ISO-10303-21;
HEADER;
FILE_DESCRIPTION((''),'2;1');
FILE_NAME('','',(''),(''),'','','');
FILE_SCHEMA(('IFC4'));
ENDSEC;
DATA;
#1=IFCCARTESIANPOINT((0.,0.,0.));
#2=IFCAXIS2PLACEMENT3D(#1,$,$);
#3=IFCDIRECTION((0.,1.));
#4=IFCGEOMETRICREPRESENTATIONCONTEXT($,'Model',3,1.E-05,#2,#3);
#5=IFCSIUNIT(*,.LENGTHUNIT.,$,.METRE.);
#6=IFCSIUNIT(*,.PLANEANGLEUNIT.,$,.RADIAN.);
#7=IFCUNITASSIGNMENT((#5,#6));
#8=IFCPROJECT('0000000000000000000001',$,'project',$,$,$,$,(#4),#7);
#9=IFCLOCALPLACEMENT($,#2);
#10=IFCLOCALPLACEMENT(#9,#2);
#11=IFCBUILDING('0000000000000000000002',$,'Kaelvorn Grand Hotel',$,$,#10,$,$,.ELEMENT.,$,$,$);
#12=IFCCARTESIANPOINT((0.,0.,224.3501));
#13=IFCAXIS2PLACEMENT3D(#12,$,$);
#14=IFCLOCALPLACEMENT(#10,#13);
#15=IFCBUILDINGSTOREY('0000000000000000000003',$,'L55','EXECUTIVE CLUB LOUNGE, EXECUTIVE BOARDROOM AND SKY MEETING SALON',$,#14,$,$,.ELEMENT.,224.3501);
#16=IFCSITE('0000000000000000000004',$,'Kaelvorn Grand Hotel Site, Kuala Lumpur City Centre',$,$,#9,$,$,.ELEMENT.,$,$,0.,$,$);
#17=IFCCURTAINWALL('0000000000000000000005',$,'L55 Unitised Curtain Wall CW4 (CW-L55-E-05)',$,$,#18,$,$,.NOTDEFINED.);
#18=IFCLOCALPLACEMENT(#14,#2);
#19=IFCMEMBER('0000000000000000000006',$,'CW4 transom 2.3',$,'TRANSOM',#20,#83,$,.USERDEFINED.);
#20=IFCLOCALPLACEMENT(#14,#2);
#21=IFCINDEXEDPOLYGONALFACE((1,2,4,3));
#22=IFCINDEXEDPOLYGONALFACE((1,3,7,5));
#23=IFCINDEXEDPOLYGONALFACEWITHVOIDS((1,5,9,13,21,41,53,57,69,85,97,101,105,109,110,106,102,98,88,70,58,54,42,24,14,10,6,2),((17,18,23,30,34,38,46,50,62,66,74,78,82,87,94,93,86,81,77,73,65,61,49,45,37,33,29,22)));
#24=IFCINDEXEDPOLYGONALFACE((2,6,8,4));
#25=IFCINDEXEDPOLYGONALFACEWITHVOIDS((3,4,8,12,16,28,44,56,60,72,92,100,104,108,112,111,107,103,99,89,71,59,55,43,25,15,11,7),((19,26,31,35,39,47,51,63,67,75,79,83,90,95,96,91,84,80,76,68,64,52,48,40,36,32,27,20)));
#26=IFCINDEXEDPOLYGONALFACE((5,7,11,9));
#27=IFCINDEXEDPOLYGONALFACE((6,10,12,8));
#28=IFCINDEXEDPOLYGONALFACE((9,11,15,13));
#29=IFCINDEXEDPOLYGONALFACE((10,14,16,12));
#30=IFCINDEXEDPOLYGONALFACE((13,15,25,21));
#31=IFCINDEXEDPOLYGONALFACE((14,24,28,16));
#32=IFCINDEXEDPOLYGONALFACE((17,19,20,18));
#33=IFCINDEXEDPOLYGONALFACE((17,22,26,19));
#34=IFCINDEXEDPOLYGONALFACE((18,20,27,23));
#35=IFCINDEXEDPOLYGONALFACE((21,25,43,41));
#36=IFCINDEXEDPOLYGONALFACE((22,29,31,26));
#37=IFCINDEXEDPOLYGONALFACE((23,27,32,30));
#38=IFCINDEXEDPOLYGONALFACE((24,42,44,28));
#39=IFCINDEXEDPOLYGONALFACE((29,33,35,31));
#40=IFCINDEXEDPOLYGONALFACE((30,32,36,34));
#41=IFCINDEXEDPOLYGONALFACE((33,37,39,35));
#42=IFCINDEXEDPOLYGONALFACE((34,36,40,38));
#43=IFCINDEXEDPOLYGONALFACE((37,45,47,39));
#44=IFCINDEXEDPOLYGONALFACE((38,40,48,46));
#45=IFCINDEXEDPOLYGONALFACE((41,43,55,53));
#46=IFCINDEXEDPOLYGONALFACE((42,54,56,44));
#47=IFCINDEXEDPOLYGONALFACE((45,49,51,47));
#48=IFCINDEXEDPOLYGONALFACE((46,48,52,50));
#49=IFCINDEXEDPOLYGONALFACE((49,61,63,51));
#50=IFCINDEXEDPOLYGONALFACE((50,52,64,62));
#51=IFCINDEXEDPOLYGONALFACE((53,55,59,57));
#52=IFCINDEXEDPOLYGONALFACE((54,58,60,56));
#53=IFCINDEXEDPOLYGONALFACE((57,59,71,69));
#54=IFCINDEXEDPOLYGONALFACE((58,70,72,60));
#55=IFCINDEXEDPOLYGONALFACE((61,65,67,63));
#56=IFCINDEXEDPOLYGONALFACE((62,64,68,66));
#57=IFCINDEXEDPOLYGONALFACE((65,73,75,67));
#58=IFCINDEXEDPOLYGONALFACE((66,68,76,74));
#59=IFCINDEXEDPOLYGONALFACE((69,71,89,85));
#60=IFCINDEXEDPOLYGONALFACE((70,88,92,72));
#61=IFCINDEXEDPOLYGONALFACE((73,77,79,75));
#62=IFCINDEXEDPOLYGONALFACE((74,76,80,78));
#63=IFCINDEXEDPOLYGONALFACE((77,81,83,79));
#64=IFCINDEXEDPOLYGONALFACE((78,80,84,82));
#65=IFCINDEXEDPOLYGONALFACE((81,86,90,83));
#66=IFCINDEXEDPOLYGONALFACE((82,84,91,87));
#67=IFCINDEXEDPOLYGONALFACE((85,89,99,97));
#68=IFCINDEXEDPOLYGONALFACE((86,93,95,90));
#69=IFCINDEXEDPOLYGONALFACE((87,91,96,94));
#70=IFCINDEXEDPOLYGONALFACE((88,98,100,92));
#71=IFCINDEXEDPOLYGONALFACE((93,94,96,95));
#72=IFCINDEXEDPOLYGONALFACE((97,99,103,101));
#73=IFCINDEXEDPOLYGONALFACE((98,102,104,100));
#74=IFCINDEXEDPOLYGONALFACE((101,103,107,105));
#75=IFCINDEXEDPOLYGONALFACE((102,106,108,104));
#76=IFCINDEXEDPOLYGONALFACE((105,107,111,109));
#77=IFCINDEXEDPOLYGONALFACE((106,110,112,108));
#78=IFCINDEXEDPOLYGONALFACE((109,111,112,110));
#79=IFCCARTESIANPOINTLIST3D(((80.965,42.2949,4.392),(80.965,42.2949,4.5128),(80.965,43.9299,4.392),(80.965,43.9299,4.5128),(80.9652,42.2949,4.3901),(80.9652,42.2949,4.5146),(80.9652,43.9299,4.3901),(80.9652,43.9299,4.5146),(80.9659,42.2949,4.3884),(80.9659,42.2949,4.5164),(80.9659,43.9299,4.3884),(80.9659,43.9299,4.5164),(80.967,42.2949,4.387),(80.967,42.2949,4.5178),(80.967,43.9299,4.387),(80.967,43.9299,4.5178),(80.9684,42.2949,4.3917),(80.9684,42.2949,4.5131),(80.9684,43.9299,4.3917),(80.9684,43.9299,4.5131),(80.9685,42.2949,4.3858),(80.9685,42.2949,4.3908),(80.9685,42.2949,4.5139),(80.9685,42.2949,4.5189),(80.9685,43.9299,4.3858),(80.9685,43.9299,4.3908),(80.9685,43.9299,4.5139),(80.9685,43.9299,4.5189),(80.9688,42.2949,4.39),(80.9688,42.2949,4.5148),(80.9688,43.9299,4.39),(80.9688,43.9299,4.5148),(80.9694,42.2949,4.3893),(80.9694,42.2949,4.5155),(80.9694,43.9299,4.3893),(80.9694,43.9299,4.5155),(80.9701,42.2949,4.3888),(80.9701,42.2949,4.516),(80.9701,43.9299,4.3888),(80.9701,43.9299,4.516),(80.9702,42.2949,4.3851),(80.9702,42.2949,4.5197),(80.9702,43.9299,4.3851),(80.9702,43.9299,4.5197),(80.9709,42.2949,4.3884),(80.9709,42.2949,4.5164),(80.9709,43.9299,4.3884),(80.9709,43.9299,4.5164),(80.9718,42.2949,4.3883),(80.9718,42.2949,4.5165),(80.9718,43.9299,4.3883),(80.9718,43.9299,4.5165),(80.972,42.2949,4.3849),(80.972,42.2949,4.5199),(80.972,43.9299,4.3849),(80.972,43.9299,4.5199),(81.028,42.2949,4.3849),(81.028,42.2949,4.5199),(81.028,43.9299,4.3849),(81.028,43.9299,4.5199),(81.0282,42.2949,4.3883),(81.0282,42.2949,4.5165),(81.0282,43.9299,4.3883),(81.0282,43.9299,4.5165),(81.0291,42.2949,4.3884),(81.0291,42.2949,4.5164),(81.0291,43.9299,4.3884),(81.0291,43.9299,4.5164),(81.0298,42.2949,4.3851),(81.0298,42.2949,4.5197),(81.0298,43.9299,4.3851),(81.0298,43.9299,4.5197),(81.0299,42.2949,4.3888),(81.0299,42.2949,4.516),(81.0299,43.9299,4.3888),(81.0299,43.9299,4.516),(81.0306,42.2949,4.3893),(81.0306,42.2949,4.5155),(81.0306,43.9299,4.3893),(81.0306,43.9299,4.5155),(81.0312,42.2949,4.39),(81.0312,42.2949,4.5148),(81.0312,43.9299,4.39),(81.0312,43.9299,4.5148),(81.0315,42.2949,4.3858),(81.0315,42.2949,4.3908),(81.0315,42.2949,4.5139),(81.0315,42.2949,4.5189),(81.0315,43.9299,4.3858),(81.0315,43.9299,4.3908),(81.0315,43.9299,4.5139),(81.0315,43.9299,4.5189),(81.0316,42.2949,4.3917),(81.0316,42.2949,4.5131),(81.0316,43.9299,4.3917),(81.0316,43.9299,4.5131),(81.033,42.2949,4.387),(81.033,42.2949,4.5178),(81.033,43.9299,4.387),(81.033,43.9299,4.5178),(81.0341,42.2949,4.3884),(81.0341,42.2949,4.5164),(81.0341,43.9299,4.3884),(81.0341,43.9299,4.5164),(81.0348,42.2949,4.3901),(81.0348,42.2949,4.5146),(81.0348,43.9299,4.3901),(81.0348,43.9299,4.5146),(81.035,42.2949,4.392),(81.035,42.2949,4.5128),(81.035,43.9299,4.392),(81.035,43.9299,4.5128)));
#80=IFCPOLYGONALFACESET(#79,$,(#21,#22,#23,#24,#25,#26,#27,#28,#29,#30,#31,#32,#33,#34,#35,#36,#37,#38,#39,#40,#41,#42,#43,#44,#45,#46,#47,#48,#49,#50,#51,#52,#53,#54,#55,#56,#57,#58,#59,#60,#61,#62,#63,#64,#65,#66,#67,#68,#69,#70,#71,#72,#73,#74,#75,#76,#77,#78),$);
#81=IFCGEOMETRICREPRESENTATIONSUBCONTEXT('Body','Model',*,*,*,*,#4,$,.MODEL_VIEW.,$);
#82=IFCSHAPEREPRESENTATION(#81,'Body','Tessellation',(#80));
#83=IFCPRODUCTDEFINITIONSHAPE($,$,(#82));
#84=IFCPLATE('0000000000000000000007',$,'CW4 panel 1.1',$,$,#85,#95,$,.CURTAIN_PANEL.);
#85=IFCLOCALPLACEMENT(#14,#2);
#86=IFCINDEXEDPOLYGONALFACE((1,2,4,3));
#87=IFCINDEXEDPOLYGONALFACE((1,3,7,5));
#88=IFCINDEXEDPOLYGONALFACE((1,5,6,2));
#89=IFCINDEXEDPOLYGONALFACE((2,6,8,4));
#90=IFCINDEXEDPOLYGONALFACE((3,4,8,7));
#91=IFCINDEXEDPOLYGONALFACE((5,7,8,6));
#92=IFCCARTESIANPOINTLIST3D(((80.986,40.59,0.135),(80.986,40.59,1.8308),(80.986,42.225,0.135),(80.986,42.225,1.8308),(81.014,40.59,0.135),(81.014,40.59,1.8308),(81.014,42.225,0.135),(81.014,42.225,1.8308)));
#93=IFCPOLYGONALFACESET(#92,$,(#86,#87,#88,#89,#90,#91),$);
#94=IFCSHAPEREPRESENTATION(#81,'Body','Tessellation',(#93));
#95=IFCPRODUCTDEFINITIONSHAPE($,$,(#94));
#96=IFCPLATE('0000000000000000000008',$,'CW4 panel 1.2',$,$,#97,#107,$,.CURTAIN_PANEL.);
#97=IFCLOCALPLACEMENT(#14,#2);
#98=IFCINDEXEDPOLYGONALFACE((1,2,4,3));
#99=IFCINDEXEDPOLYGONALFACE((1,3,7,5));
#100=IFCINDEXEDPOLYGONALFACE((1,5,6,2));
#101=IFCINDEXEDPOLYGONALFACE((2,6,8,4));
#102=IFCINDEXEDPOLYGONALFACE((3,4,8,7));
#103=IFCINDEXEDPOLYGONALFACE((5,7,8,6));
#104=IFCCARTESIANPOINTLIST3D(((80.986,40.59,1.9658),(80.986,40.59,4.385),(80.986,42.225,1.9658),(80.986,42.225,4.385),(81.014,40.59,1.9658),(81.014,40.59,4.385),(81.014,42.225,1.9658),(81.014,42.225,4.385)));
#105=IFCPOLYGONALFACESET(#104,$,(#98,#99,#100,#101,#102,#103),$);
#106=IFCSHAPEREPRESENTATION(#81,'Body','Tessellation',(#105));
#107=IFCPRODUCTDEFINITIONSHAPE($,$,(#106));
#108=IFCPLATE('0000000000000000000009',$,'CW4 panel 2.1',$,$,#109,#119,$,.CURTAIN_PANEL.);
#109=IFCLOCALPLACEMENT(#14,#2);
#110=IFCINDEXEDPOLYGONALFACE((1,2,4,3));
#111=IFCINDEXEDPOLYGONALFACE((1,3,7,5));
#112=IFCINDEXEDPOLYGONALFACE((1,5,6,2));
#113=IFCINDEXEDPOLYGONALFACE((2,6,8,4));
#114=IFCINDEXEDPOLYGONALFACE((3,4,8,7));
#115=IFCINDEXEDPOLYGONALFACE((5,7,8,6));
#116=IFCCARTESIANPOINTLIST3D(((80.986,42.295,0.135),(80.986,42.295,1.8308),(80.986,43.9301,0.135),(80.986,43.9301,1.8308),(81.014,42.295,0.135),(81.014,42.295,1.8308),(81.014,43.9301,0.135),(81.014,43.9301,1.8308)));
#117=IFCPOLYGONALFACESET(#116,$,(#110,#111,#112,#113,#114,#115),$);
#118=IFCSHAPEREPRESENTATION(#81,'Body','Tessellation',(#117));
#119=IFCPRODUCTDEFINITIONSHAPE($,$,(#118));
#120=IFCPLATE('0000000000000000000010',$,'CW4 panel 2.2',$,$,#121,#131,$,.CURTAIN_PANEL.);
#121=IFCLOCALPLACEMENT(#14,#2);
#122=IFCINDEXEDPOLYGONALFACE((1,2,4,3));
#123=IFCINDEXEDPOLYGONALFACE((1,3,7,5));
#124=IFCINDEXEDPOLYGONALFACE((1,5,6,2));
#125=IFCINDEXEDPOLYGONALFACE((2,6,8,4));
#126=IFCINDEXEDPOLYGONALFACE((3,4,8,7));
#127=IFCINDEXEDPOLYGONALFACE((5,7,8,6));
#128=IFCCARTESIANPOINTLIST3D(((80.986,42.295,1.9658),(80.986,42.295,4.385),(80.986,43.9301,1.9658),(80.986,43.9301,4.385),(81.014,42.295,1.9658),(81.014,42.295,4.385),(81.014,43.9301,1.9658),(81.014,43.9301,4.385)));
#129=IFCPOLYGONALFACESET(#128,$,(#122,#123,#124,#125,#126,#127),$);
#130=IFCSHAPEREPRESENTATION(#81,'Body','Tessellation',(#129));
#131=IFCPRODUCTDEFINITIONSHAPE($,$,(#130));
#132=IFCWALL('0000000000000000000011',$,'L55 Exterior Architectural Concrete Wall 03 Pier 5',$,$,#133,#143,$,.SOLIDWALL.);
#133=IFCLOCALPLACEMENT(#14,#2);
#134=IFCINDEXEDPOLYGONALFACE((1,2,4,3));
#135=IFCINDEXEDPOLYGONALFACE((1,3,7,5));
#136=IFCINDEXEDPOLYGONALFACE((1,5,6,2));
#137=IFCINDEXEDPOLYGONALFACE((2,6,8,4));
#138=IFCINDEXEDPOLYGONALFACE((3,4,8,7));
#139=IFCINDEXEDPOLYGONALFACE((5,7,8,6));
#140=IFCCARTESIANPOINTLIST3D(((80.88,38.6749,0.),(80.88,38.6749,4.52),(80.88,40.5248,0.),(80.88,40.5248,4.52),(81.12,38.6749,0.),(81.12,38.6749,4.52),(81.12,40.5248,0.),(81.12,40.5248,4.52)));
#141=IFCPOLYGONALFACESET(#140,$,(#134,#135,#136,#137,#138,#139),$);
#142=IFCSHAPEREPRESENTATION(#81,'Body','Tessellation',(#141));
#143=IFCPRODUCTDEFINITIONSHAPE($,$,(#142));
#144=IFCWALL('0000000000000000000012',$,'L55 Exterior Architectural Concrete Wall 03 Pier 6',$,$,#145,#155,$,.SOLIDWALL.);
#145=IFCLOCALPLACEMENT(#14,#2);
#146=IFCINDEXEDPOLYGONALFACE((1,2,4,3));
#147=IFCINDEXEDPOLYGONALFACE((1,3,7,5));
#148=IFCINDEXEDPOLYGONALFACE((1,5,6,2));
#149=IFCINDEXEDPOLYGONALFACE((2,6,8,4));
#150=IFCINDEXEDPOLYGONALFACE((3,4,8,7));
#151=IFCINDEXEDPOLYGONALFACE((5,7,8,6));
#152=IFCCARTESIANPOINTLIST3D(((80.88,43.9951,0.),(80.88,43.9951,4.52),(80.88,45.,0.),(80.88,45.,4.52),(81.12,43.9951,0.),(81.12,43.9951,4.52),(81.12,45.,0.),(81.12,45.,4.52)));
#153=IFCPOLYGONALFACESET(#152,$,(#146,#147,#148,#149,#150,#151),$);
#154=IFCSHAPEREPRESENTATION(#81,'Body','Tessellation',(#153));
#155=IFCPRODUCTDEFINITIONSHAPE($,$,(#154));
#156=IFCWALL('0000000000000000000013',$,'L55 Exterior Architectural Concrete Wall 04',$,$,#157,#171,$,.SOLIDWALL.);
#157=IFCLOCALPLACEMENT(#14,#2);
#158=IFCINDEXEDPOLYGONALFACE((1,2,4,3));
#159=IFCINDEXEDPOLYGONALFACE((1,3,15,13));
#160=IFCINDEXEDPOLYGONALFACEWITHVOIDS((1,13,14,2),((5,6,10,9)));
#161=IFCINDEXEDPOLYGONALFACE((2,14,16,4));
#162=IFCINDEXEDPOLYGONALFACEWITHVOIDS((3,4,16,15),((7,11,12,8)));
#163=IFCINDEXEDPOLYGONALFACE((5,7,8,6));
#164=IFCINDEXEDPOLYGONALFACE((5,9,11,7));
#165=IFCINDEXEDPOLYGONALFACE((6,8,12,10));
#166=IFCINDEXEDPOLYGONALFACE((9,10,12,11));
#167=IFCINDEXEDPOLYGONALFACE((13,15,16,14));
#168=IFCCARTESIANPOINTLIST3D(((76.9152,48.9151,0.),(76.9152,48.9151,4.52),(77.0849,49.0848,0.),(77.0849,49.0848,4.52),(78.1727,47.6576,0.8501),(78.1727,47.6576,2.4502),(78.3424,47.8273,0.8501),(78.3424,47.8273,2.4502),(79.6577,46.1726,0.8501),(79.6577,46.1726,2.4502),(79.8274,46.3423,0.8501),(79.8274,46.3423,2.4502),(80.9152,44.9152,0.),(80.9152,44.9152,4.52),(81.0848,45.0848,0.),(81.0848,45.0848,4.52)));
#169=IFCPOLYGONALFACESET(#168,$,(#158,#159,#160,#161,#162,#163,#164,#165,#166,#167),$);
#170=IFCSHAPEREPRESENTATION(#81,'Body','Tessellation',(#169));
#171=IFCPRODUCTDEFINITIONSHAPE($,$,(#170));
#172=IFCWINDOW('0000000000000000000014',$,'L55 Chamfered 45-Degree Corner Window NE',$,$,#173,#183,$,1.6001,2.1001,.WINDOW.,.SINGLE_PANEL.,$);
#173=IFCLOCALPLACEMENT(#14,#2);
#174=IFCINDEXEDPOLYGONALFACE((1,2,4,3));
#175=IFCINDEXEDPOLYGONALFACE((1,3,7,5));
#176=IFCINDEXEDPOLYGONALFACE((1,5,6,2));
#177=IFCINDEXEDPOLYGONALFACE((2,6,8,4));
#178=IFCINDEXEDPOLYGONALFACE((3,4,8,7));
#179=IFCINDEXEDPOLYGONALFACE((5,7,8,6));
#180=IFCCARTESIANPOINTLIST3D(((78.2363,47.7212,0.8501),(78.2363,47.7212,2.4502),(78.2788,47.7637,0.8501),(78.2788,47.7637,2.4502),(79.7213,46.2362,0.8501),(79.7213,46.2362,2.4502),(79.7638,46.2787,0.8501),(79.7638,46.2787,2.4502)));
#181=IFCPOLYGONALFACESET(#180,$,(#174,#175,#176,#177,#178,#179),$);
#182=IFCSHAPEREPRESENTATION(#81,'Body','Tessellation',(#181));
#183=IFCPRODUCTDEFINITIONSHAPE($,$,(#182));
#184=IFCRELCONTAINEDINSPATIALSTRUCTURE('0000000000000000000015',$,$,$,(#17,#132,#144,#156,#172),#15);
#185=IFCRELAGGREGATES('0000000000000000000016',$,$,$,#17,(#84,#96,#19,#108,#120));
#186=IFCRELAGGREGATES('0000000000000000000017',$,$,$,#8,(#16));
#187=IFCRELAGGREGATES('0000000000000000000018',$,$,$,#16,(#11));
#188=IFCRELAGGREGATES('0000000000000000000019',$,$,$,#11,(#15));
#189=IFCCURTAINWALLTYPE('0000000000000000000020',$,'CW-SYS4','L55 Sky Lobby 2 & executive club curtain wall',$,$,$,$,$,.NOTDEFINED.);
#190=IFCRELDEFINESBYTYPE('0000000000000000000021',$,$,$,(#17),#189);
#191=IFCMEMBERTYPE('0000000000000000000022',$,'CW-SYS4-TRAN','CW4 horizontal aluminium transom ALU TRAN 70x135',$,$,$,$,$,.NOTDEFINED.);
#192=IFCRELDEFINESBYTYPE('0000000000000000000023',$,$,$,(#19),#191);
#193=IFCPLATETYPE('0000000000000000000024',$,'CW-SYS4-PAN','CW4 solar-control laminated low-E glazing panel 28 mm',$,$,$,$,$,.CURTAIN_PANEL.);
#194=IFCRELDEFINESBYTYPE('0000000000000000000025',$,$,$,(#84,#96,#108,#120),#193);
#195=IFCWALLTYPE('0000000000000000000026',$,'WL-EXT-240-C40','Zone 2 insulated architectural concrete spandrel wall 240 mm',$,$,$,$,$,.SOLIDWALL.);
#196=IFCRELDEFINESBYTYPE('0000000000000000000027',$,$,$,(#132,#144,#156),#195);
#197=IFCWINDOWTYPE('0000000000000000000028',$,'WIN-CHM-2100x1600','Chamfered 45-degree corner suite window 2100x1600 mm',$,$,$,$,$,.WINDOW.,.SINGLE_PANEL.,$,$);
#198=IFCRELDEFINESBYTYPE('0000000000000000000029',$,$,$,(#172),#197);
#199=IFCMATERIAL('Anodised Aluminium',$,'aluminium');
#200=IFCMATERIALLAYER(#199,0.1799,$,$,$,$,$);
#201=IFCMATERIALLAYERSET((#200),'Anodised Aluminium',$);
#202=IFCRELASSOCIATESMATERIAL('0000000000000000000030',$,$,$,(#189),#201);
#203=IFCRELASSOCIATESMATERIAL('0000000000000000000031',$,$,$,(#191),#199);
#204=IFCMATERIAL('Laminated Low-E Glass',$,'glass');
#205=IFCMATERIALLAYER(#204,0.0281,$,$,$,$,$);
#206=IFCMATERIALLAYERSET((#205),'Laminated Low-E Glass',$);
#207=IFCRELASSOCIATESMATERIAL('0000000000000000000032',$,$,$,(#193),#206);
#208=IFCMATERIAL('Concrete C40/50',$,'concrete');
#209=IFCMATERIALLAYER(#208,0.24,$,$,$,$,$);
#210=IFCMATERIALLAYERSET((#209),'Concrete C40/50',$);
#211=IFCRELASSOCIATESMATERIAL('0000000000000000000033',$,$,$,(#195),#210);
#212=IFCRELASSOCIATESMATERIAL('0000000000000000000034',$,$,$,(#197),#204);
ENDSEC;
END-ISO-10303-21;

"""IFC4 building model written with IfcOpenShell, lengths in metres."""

from ifc_helpers import new_model, si_unit, direction, frame, frame_2d, origin, origin_2d, place, context, subcontext, project, spatial, rectangle, hollow_rectangle, extrude, material, layer, layer_set, material_profile, profile_set, type_object, element, fill, aggregate, save


model = new_model("IFC4")

# Units and contexts
model_context = context("Model", 3, precision=1e-05, world=origin(), true_north=direction((0.0, 1.0)))
body_context = subcontext(model_context, "Body", "Model", "MODEL_VIEW")
ifc_project = project(units=[si_unit("LENGTHUNIT", "METRE"), si_unit("PLANEANGLEUNIT", "RADIAN")], contexts=[model_context])

# Site, building, storey
site_placement = place(None, origin())
site = spatial("IfcSite", under=ifc_project, at=site_placement, Name="Kaelvorn Grand Hotel Site, Kuala Lumpur City Centre", CompositionType="ELEMENT", RefElevation=0.0)
building_placement = place(site_placement, origin())
building = spatial("IfcBuilding", under=site, at=building_placement, Name="Kaelvorn Grand Hotel", CompositionType="ELEMENT")
storey_placement = place(building_placement, frame((0.0, 0.0, 224.3501)))
storey = spatial("IfcBuildingStorey", under=building, at=storey_placement, Name="L55", Description="EXECUTIVE CLUB LOUNGE, EXECUTIVE BOARDROOM AND SKY MEETING SALON", CompositionType="ELEMENT", Elevation=224.3501)

# Shared definitions
ifc_material_1 = material(Name="Anodised Aluminium", Category="aluminium")
ifc_layer_1 = layer(ifc_material_1, 0.1799)
ifc_layer_set_1 = layer_set([ifc_layer_1], Name="Anodised Aluminium")
curtain_wall_type = type_object("IfcCurtainWallType", Name="CW-SYS4", Description="L55 Sky Lobby 2 & executive club curtain wall", PredefinedType="NOTDEFINED", material=ifc_layer_set_1)

# Curtain wall, member, plates
curtain_wall_1_placement = place(storey_placement, origin())
curtain_wall_1 = element("IfcCurtainWall", 1, at=curtain_wall_1_placement, inside=storey, type_object=curtain_wall_type, Name="L55 Unitised Curtain Wall CW4 (CW-L55-E-05)", PredefinedType="NOTDEFINED")
ifc_material_profile_1 = material_profile(ifc_material_1, hollow_rectangle(XDim=0.0701, YDim=0.135, WallThickness=0.0034, InnerFilletRadius=0.0034, OuterFilletRadius=0.0071, at=origin_2d()), Name="ALU TRAN 70x135")
ifc_profile_set_1 = profile_set([ifc_material_profile_1], Name="Anodised Aluminium")
member_type_1 = type_object("IfcMemberType", Name="CW-SYS4-TRAN", Description="CW4 horizontal aluminium transom ALU TRAN 70x135", PredefinedType="NOTDEFINED", material=ifc_profile_set_1)
member_1_placement = place(storey_placement, frame((81.0, 42.2949, 4.4524), z_axis=(0.0, 1.0, 0.0), x_axis=(-1.0, 0.0, 0.0)))
member_1 = element("IfcMember", 2, at=member_1_placement, type_object=member_type_1, Name="CW4 transom 2.3", ObjectType="TRANSOM", PredefinedType="USERDEFINED", context=body_context, shape_type="SweptSolid", body=[
    extrude(hollow_rectangle(XDim=0.0701, YDim=0.135, WallThickness=0.0034, InnerFilletRadius=0.0034, OuterFilletRadius=0.0071, at=origin_2d()), origin(), (0.0, 0.0, 1.0), 1.635),
])
ifc_material_2 = material(Name="Laminated Low-E Glass", Category="glass")
ifc_layer_2 = layer(ifc_material_2, 0.0281)
ifc_layer_set_2 = layer_set([ifc_layer_2], Name="Laminated Low-E Glass")
plate_type = type_object("IfcPlateType", Name="CW-SYS4-PAN", Description="CW4 solar-control laminated low-E glazing panel 28 mm", PredefinedType="CURTAIN_PANEL", material=ifc_layer_set_2)
plate_1_placement = place(storey_placement, frame((81.0, 41.4075, 0.135), z_axis=(0.0, 0.0, 1.0), x_axis=(0.0, 1.0, 0.0)))
plate_1 = element("IfcPlate", 3, at=plate_1_placement, type_object=plate_type, Name="CW4 panel 1.1", PredefinedType="CURTAIN_PANEL", context=body_context, shape_type="SweptSolid", body=[
    extrude(rectangle(XDim=1.635, YDim=0.0281, at=origin_2d()), origin(), (0.0, 0.0, 1.0), 1.6958),
])
plate_2_placement = place(storey_placement, frame((81.0, 41.4075, 1.9658), z_axis=(0.0, 0.0, 1.0), x_axis=(0.0, 1.0, 0.0)))
plate_2 = element("IfcPlate", 4, at=plate_2_placement, type_object=plate_type, Name="CW4 panel 1.2", PredefinedType="CURTAIN_PANEL", context=body_context, shape_type="SweptSolid", body=[
    extrude(rectangle(XDim=1.635, YDim=0.0281, at=origin_2d()), origin(), (0.0, 0.0, 1.0), 2.4192),
])
plate_3_placement = place(storey_placement, frame((81.0, 43.1125, 0.135), z_axis=(0.0, 0.0, 1.0), x_axis=(0.0, 1.0, 0.0)))
plate_3 = element("IfcPlate", 5, at=plate_3_placement, type_object=plate_type, Name="CW4 panel 2.1", PredefinedType="CURTAIN_PANEL", context=body_context, shape_type="SweptSolid", body=[
    extrude(rectangle(XDim=1.635, YDim=0.0281, at=origin_2d()), origin(), (0.0, 0.0, 1.0), 1.6958),
])
plate_4_placement = place(storey_placement, frame((81.0, 43.1125, 1.9658), z_axis=(0.0, 0.0, 1.0), x_axis=(0.0, 1.0, 0.0)))
plate_4 = element("IfcPlate", 6, at=plate_4_placement, type_object=plate_type, Name="CW4 panel 2.2", PredefinedType="CURTAIN_PANEL", context=body_context, shape_type="SweptSolid", body=[
    extrude(rectangle(XDim=1.635, YDim=0.0281, at=origin_2d()), origin(), (0.0, 0.0, 1.0), 2.4192),
])
aggregate(curtain_wall_1, [plate_1, plate_2, member_1, plate_3, plate_4])

# Walls
ifc_material_3 = material(Name="Concrete C40/50", Category="concrete")
ifc_layer_3 = layer(ifc_material_3, 0.24)
ifc_layer_set_3 = layer_set([ifc_layer_3], Name="Concrete C40/50")
wall_type = type_object("IfcWallType", Name="WL-EXT-240-C40", Description="Zone 2 insulated architectural concrete spandrel wall 240 mm", PredefinedType="SOLIDWALL", material=ifc_layer_set_3)
wall_1_placement = place(storey_placement, frame((81.0, 38.675, 0.0), z_axis=(0.0, 0.0, 1.0), x_axis=(0.0, 1.0, 0.0)))
element("IfcWall", 7, at=wall_1_placement, inside=storey, type_object=wall_type, Name="L55 Exterior Architectural Concrete Wall 03 Pier 5", PredefinedType="SOLIDWALL", context=body_context, shape_type="SweptSolid", body=[
    extrude(rectangle(XDim=1.8499, YDim=0.24, at=frame_2d((0.9248, 0.0))), origin(), (0.0, 0.0, 1.0), 4.52),
])
wall_2_placement = place(storey_placement, frame((81.0, 43.9951, 0.0), z_axis=(0.0, 0.0, 1.0), x_axis=(0.0, 1.0, 0.0)))
element("IfcWall", 8, at=wall_2_placement, inside=storey, type_object=wall_type, Name="L55 Exterior Architectural Concrete Wall 03 Pier 6", PredefinedType="SOLIDWALL", context=body_context, shape_type="SweptSolid", body=[
    extrude(rectangle(XDim=1.0049, YDim=0.24, at=frame_2d((0.5024, 0.0))), origin(), (0.0, 0.0, 1.0), 4.52),
])

# Wall, opening, window
wall_3_placement = place(storey_placement, frame((81.0, 45.0, 0.0), z_axis=(0.0, 0.0, 1.0), x_axis=(-0.707107, 0.707107, 0.0)))
wall_3 = element("IfcWall", 9, at=wall_3_placement, inside=storey, type_object=wall_type, Name="L55 Exterior Architectural Concrete Wall 04", PredefinedType="SOLIDWALL", context=body_context, shape_type="SweptSolid", body=[
    extrude(rectangle(XDim=5.6567, YDim=0.24, at=frame_2d((2.8284, 0.0))), origin(), (0.0, 0.0, 1.0), 4.52),
])
opening_1_placement = place(wall_3_placement, frame((1.7783, 0.0, 0.8501)))
opening_1 = element("IfcOpeningElement", 10, at=opening_1_placement, cuts=wall_3, PredefinedType="OPENING", context=body_context, shape_type="SweptSolid", body=[
    extrude(rectangle(XDim=2.1001, YDim=1.6001, at=frame_2d((1.05, 0.8))), frame((0.0, 0.1299, 0.0), z_axis=(0.0, -1.0, 0.0), x_axis=(1.0, 0.0, 0.0)), (0.0, 0.0, 1.0), 0.26),
])
window_type_1 = type_object("IfcWindowType", Name="WIN-CHM-2100x1600", Description="Chamfered 45-degree corner suite window 2100x1600 mm", PartitioningType="SINGLE_PANEL", PredefinedType="WINDOW", material=ifc_material_2)
window_1_placement = place(opening_1_placement, origin())
window_1 = element("IfcWindow", 11, at=window_1_placement, inside=storey, type_object=window_type_1, Name="L55 Chamfered 45-Degree Corner Window NE", OverallHeight=1.6001, OverallWidth=2.1001, PartitioningType="SINGLE_PANEL", PredefinedType="WINDOW", context=body_context, shape_type="SweptSolid", body=[
    extrude(rectangle(XDim=2.1001, YDim=1.6001, at=frame_2d((1.05, 0.8))), frame((0.0, 0.03, 0.0), z_axis=(0.0, -1.0, 0.0), x_axis=(1.0, 0.0, 0.0)), (0.0, 0.0, 1.0), 0.0601),
])
fill(opening_1, window_1)

save(model, "model.ifc")
